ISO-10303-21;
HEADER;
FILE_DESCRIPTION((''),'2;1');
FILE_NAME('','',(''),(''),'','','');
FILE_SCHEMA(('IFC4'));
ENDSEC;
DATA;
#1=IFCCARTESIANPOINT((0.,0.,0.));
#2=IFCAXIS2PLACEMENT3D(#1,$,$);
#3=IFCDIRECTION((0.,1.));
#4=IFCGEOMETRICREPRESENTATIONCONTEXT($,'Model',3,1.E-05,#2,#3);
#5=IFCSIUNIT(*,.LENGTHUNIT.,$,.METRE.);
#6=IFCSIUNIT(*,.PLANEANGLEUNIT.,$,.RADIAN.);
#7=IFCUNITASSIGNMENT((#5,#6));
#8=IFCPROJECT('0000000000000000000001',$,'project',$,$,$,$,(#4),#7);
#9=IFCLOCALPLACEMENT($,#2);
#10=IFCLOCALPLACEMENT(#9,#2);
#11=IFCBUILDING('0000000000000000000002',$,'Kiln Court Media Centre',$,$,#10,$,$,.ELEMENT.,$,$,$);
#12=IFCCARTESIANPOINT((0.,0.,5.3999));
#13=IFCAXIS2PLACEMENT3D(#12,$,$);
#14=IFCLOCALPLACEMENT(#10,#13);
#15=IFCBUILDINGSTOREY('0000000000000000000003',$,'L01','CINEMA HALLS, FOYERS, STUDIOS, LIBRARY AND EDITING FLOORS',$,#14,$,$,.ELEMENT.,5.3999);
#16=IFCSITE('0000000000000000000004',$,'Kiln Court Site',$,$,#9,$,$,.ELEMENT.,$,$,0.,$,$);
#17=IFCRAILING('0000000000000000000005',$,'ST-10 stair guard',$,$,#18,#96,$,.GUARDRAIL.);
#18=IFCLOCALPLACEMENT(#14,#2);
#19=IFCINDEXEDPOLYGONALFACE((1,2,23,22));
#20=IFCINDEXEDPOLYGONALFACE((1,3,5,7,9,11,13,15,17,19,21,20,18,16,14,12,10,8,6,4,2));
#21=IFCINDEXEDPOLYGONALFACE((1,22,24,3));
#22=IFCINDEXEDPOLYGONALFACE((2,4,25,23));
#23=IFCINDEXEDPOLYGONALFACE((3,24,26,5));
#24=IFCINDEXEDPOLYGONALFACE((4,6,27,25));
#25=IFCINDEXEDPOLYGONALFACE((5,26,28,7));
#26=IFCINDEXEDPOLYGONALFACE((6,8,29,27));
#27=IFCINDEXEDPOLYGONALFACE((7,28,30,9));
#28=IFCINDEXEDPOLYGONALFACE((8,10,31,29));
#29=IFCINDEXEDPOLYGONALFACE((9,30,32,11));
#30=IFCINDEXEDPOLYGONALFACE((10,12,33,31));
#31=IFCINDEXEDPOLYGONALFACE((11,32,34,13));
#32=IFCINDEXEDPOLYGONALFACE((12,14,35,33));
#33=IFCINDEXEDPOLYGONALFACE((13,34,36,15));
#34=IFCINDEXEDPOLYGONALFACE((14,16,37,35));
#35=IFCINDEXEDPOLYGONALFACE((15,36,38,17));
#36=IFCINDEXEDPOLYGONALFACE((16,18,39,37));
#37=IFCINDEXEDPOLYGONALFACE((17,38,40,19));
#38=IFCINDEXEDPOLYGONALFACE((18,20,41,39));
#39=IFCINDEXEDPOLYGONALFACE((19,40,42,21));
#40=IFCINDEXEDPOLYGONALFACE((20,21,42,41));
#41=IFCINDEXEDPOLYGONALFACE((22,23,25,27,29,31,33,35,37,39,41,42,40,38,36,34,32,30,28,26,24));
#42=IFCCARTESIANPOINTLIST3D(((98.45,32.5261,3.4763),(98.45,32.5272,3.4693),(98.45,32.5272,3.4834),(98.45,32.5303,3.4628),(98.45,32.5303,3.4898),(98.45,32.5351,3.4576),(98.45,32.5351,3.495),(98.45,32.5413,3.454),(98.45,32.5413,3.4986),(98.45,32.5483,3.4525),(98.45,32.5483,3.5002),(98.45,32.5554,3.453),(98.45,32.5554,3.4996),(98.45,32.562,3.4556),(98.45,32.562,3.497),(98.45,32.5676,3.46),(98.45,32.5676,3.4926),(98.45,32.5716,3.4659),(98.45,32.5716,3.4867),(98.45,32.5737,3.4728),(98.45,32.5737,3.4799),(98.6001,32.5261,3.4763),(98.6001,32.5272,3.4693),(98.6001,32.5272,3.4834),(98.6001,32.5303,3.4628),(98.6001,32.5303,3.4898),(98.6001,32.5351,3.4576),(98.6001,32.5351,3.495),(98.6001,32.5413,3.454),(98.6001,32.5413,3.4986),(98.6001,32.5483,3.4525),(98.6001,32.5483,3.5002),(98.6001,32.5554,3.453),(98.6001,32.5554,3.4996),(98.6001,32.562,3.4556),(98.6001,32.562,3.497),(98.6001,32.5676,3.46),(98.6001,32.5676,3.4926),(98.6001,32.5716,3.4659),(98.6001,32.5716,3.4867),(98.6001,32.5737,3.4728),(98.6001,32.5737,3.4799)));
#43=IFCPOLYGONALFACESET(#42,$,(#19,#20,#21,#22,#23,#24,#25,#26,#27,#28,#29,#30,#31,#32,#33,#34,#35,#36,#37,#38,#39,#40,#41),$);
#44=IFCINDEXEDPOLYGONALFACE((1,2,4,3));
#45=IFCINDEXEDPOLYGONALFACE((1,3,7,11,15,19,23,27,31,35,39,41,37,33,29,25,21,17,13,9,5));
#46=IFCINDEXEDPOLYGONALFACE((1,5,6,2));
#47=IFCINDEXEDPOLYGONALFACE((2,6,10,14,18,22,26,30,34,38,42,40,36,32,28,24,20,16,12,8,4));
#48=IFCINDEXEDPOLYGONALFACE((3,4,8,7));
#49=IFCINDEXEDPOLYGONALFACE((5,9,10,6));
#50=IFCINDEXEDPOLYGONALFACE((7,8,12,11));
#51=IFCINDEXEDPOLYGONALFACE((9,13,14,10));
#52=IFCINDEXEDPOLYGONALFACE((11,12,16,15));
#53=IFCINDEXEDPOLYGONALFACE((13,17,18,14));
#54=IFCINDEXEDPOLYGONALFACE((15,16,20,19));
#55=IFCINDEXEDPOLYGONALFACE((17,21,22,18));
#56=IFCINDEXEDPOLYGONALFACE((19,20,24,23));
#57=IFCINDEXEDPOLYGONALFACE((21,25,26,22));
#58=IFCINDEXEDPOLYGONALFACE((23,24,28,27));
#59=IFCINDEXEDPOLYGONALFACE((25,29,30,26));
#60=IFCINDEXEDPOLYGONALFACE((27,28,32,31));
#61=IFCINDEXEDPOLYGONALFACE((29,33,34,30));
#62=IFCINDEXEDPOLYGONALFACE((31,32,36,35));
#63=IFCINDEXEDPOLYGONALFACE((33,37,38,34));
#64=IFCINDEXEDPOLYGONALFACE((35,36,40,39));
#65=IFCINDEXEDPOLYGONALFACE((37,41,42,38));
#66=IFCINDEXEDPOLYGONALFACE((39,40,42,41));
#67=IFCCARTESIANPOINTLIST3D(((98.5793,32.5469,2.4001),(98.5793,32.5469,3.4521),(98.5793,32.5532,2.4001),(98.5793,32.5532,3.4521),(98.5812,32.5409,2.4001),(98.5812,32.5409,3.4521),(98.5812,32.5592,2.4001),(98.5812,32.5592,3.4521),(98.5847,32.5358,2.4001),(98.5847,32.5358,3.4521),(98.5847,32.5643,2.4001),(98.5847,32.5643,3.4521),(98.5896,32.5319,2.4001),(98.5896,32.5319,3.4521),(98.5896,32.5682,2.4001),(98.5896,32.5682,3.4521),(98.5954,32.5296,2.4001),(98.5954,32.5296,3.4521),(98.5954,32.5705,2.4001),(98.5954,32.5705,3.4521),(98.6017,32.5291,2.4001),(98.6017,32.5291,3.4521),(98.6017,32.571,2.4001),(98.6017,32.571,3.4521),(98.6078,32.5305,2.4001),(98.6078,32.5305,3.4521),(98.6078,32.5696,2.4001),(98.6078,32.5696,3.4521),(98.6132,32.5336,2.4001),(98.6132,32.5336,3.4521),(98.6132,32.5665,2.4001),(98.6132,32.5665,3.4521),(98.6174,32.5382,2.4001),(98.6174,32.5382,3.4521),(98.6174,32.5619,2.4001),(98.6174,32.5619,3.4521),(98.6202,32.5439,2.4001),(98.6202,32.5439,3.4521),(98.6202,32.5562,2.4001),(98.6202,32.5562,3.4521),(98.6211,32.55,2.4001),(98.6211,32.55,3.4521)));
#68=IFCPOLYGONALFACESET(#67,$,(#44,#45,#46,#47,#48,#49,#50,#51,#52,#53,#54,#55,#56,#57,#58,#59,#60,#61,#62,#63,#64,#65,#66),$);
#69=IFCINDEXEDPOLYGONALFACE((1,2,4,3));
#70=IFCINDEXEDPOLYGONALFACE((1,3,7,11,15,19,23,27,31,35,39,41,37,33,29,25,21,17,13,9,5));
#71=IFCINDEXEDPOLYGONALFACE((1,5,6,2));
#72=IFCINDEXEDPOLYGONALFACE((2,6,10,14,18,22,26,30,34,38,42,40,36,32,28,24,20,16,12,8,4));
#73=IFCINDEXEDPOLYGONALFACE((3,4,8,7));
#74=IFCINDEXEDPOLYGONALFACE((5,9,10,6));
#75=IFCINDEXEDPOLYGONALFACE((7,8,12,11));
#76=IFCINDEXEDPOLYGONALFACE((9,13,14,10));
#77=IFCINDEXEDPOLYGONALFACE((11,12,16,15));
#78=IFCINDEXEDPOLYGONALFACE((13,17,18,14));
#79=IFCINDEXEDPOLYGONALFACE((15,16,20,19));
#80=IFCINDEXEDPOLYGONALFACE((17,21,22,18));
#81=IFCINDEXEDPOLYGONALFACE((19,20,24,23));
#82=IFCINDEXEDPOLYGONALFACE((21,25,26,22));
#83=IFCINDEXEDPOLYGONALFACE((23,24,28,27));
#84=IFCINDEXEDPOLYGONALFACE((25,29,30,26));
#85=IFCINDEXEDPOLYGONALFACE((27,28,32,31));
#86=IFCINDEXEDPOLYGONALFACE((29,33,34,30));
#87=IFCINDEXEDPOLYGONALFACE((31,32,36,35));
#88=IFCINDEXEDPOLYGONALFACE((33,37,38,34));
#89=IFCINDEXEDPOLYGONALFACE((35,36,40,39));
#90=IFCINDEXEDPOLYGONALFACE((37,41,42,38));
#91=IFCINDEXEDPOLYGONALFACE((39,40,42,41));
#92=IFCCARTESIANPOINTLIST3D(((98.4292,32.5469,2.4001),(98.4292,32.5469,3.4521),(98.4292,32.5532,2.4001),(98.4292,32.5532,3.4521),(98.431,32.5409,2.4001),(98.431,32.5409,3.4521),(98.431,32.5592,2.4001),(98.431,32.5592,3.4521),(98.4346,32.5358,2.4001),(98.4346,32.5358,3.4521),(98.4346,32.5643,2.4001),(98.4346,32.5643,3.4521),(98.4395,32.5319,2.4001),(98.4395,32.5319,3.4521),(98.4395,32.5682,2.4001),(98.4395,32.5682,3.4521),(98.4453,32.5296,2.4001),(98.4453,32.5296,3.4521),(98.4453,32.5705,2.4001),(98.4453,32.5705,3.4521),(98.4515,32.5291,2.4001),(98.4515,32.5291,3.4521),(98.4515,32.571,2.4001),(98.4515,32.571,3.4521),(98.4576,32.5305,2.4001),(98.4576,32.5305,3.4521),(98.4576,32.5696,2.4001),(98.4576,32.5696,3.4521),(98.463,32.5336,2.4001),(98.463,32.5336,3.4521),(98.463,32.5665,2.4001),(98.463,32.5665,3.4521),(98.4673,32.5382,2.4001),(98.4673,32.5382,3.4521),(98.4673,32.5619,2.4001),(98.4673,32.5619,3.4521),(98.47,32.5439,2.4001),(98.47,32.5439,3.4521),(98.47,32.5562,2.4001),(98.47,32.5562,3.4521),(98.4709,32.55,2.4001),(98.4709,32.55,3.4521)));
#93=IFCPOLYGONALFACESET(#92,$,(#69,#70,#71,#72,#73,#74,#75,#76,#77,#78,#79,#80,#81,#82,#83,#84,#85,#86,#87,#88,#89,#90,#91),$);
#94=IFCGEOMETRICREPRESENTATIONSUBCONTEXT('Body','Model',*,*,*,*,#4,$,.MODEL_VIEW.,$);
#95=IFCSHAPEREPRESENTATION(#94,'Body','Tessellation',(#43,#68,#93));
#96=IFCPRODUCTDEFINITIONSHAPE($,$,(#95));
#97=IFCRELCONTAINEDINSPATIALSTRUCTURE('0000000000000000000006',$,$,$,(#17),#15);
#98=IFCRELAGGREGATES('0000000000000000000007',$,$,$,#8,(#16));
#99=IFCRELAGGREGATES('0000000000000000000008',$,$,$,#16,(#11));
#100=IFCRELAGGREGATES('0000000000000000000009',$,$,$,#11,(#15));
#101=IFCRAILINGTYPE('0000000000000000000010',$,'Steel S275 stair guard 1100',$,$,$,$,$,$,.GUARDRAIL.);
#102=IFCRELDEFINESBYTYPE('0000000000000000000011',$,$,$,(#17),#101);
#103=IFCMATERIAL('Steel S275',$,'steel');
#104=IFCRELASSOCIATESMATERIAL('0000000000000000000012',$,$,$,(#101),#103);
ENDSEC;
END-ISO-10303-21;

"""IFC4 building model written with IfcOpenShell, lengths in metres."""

from ifc_helpers import new_model, si_unit, direction, frame, origin, origin_2d, place, context, subcontext, project, spatial, circle, extrude, material, type_object, element, save


model = new_model("IFC4")

# Units and contexts
model_context = context("Model", 3, precision=1e-05, world=origin(), true_north=direction((0.0, 1.0)))
body_context = subcontext(model_context, "Body", "Model", "MODEL_VIEW")
ifc_project = project(units=[si_unit("LENGTHUNIT", "METRE"), si_unit("PLANEANGLEUNIT", "RADIAN")], contexts=[model_context])

# Site, building, storey
site_placement = place(None, origin())
site = spatial("IfcSite", under=ifc_project, at=site_placement, Name="Kiln Court Site", CompositionType="ELEMENT", RefElevation=0.0)
building_placement = place(site_placement, origin())
building = spatial("IfcBuilding", under=site, at=building_placement, Name="Kiln Court Media Centre", CompositionType="ELEMENT")
storey_placement = place(building_placement, frame((0.0, 0.0, 5.3999)))
storey = spatial("IfcBuildingStorey", under=building, at=storey_placement, Name="L01", Description="CINEMA HALLS, FOYERS, STUDIOS, LIBRARY AND EDITING FLOORS", CompositionType="ELEMENT", Elevation=5.3999)

# Railing
ifc_material_1 = material(Name="Steel S275", Category="steel")
railing_type = type_object("IfcRailingType", Name="Steel S275 stair guard 1100", PredefinedType="GUARDRAIL", material=ifc_material_1)
railing_placement = place(storey_placement, frame((98.6001, 32.55, 2.4001)))
element("IfcRailing", 1, at=railing_placement, inside=storey, type_object=railing_type, Name="ST-10 stair guard", PredefinedType="GUARDRAIL", context=body_context, shape_type="SweptSolid", body=[
    extrude(circle(Radius=0.0239, at=origin_2d()), frame((0.0, 0.0, 1.0762), z_axis=(-1.0, 0.0, 0.0), x_axis=(0.0, -1.0, 0.0)), (0.0, 0.0, 1.0), 0.1501),
    extrude(circle(Radius=0.021, at=origin_2d()), origin(), (0.0, 0.0, 1.0), 1.052),
    extrude(circle(Radius=0.021, at=origin_2d()), frame((-0.1501, 0.0, 0.0)), (0.0, 0.0, 1.0), 1.052),
])

save(model, "model.ifc")
